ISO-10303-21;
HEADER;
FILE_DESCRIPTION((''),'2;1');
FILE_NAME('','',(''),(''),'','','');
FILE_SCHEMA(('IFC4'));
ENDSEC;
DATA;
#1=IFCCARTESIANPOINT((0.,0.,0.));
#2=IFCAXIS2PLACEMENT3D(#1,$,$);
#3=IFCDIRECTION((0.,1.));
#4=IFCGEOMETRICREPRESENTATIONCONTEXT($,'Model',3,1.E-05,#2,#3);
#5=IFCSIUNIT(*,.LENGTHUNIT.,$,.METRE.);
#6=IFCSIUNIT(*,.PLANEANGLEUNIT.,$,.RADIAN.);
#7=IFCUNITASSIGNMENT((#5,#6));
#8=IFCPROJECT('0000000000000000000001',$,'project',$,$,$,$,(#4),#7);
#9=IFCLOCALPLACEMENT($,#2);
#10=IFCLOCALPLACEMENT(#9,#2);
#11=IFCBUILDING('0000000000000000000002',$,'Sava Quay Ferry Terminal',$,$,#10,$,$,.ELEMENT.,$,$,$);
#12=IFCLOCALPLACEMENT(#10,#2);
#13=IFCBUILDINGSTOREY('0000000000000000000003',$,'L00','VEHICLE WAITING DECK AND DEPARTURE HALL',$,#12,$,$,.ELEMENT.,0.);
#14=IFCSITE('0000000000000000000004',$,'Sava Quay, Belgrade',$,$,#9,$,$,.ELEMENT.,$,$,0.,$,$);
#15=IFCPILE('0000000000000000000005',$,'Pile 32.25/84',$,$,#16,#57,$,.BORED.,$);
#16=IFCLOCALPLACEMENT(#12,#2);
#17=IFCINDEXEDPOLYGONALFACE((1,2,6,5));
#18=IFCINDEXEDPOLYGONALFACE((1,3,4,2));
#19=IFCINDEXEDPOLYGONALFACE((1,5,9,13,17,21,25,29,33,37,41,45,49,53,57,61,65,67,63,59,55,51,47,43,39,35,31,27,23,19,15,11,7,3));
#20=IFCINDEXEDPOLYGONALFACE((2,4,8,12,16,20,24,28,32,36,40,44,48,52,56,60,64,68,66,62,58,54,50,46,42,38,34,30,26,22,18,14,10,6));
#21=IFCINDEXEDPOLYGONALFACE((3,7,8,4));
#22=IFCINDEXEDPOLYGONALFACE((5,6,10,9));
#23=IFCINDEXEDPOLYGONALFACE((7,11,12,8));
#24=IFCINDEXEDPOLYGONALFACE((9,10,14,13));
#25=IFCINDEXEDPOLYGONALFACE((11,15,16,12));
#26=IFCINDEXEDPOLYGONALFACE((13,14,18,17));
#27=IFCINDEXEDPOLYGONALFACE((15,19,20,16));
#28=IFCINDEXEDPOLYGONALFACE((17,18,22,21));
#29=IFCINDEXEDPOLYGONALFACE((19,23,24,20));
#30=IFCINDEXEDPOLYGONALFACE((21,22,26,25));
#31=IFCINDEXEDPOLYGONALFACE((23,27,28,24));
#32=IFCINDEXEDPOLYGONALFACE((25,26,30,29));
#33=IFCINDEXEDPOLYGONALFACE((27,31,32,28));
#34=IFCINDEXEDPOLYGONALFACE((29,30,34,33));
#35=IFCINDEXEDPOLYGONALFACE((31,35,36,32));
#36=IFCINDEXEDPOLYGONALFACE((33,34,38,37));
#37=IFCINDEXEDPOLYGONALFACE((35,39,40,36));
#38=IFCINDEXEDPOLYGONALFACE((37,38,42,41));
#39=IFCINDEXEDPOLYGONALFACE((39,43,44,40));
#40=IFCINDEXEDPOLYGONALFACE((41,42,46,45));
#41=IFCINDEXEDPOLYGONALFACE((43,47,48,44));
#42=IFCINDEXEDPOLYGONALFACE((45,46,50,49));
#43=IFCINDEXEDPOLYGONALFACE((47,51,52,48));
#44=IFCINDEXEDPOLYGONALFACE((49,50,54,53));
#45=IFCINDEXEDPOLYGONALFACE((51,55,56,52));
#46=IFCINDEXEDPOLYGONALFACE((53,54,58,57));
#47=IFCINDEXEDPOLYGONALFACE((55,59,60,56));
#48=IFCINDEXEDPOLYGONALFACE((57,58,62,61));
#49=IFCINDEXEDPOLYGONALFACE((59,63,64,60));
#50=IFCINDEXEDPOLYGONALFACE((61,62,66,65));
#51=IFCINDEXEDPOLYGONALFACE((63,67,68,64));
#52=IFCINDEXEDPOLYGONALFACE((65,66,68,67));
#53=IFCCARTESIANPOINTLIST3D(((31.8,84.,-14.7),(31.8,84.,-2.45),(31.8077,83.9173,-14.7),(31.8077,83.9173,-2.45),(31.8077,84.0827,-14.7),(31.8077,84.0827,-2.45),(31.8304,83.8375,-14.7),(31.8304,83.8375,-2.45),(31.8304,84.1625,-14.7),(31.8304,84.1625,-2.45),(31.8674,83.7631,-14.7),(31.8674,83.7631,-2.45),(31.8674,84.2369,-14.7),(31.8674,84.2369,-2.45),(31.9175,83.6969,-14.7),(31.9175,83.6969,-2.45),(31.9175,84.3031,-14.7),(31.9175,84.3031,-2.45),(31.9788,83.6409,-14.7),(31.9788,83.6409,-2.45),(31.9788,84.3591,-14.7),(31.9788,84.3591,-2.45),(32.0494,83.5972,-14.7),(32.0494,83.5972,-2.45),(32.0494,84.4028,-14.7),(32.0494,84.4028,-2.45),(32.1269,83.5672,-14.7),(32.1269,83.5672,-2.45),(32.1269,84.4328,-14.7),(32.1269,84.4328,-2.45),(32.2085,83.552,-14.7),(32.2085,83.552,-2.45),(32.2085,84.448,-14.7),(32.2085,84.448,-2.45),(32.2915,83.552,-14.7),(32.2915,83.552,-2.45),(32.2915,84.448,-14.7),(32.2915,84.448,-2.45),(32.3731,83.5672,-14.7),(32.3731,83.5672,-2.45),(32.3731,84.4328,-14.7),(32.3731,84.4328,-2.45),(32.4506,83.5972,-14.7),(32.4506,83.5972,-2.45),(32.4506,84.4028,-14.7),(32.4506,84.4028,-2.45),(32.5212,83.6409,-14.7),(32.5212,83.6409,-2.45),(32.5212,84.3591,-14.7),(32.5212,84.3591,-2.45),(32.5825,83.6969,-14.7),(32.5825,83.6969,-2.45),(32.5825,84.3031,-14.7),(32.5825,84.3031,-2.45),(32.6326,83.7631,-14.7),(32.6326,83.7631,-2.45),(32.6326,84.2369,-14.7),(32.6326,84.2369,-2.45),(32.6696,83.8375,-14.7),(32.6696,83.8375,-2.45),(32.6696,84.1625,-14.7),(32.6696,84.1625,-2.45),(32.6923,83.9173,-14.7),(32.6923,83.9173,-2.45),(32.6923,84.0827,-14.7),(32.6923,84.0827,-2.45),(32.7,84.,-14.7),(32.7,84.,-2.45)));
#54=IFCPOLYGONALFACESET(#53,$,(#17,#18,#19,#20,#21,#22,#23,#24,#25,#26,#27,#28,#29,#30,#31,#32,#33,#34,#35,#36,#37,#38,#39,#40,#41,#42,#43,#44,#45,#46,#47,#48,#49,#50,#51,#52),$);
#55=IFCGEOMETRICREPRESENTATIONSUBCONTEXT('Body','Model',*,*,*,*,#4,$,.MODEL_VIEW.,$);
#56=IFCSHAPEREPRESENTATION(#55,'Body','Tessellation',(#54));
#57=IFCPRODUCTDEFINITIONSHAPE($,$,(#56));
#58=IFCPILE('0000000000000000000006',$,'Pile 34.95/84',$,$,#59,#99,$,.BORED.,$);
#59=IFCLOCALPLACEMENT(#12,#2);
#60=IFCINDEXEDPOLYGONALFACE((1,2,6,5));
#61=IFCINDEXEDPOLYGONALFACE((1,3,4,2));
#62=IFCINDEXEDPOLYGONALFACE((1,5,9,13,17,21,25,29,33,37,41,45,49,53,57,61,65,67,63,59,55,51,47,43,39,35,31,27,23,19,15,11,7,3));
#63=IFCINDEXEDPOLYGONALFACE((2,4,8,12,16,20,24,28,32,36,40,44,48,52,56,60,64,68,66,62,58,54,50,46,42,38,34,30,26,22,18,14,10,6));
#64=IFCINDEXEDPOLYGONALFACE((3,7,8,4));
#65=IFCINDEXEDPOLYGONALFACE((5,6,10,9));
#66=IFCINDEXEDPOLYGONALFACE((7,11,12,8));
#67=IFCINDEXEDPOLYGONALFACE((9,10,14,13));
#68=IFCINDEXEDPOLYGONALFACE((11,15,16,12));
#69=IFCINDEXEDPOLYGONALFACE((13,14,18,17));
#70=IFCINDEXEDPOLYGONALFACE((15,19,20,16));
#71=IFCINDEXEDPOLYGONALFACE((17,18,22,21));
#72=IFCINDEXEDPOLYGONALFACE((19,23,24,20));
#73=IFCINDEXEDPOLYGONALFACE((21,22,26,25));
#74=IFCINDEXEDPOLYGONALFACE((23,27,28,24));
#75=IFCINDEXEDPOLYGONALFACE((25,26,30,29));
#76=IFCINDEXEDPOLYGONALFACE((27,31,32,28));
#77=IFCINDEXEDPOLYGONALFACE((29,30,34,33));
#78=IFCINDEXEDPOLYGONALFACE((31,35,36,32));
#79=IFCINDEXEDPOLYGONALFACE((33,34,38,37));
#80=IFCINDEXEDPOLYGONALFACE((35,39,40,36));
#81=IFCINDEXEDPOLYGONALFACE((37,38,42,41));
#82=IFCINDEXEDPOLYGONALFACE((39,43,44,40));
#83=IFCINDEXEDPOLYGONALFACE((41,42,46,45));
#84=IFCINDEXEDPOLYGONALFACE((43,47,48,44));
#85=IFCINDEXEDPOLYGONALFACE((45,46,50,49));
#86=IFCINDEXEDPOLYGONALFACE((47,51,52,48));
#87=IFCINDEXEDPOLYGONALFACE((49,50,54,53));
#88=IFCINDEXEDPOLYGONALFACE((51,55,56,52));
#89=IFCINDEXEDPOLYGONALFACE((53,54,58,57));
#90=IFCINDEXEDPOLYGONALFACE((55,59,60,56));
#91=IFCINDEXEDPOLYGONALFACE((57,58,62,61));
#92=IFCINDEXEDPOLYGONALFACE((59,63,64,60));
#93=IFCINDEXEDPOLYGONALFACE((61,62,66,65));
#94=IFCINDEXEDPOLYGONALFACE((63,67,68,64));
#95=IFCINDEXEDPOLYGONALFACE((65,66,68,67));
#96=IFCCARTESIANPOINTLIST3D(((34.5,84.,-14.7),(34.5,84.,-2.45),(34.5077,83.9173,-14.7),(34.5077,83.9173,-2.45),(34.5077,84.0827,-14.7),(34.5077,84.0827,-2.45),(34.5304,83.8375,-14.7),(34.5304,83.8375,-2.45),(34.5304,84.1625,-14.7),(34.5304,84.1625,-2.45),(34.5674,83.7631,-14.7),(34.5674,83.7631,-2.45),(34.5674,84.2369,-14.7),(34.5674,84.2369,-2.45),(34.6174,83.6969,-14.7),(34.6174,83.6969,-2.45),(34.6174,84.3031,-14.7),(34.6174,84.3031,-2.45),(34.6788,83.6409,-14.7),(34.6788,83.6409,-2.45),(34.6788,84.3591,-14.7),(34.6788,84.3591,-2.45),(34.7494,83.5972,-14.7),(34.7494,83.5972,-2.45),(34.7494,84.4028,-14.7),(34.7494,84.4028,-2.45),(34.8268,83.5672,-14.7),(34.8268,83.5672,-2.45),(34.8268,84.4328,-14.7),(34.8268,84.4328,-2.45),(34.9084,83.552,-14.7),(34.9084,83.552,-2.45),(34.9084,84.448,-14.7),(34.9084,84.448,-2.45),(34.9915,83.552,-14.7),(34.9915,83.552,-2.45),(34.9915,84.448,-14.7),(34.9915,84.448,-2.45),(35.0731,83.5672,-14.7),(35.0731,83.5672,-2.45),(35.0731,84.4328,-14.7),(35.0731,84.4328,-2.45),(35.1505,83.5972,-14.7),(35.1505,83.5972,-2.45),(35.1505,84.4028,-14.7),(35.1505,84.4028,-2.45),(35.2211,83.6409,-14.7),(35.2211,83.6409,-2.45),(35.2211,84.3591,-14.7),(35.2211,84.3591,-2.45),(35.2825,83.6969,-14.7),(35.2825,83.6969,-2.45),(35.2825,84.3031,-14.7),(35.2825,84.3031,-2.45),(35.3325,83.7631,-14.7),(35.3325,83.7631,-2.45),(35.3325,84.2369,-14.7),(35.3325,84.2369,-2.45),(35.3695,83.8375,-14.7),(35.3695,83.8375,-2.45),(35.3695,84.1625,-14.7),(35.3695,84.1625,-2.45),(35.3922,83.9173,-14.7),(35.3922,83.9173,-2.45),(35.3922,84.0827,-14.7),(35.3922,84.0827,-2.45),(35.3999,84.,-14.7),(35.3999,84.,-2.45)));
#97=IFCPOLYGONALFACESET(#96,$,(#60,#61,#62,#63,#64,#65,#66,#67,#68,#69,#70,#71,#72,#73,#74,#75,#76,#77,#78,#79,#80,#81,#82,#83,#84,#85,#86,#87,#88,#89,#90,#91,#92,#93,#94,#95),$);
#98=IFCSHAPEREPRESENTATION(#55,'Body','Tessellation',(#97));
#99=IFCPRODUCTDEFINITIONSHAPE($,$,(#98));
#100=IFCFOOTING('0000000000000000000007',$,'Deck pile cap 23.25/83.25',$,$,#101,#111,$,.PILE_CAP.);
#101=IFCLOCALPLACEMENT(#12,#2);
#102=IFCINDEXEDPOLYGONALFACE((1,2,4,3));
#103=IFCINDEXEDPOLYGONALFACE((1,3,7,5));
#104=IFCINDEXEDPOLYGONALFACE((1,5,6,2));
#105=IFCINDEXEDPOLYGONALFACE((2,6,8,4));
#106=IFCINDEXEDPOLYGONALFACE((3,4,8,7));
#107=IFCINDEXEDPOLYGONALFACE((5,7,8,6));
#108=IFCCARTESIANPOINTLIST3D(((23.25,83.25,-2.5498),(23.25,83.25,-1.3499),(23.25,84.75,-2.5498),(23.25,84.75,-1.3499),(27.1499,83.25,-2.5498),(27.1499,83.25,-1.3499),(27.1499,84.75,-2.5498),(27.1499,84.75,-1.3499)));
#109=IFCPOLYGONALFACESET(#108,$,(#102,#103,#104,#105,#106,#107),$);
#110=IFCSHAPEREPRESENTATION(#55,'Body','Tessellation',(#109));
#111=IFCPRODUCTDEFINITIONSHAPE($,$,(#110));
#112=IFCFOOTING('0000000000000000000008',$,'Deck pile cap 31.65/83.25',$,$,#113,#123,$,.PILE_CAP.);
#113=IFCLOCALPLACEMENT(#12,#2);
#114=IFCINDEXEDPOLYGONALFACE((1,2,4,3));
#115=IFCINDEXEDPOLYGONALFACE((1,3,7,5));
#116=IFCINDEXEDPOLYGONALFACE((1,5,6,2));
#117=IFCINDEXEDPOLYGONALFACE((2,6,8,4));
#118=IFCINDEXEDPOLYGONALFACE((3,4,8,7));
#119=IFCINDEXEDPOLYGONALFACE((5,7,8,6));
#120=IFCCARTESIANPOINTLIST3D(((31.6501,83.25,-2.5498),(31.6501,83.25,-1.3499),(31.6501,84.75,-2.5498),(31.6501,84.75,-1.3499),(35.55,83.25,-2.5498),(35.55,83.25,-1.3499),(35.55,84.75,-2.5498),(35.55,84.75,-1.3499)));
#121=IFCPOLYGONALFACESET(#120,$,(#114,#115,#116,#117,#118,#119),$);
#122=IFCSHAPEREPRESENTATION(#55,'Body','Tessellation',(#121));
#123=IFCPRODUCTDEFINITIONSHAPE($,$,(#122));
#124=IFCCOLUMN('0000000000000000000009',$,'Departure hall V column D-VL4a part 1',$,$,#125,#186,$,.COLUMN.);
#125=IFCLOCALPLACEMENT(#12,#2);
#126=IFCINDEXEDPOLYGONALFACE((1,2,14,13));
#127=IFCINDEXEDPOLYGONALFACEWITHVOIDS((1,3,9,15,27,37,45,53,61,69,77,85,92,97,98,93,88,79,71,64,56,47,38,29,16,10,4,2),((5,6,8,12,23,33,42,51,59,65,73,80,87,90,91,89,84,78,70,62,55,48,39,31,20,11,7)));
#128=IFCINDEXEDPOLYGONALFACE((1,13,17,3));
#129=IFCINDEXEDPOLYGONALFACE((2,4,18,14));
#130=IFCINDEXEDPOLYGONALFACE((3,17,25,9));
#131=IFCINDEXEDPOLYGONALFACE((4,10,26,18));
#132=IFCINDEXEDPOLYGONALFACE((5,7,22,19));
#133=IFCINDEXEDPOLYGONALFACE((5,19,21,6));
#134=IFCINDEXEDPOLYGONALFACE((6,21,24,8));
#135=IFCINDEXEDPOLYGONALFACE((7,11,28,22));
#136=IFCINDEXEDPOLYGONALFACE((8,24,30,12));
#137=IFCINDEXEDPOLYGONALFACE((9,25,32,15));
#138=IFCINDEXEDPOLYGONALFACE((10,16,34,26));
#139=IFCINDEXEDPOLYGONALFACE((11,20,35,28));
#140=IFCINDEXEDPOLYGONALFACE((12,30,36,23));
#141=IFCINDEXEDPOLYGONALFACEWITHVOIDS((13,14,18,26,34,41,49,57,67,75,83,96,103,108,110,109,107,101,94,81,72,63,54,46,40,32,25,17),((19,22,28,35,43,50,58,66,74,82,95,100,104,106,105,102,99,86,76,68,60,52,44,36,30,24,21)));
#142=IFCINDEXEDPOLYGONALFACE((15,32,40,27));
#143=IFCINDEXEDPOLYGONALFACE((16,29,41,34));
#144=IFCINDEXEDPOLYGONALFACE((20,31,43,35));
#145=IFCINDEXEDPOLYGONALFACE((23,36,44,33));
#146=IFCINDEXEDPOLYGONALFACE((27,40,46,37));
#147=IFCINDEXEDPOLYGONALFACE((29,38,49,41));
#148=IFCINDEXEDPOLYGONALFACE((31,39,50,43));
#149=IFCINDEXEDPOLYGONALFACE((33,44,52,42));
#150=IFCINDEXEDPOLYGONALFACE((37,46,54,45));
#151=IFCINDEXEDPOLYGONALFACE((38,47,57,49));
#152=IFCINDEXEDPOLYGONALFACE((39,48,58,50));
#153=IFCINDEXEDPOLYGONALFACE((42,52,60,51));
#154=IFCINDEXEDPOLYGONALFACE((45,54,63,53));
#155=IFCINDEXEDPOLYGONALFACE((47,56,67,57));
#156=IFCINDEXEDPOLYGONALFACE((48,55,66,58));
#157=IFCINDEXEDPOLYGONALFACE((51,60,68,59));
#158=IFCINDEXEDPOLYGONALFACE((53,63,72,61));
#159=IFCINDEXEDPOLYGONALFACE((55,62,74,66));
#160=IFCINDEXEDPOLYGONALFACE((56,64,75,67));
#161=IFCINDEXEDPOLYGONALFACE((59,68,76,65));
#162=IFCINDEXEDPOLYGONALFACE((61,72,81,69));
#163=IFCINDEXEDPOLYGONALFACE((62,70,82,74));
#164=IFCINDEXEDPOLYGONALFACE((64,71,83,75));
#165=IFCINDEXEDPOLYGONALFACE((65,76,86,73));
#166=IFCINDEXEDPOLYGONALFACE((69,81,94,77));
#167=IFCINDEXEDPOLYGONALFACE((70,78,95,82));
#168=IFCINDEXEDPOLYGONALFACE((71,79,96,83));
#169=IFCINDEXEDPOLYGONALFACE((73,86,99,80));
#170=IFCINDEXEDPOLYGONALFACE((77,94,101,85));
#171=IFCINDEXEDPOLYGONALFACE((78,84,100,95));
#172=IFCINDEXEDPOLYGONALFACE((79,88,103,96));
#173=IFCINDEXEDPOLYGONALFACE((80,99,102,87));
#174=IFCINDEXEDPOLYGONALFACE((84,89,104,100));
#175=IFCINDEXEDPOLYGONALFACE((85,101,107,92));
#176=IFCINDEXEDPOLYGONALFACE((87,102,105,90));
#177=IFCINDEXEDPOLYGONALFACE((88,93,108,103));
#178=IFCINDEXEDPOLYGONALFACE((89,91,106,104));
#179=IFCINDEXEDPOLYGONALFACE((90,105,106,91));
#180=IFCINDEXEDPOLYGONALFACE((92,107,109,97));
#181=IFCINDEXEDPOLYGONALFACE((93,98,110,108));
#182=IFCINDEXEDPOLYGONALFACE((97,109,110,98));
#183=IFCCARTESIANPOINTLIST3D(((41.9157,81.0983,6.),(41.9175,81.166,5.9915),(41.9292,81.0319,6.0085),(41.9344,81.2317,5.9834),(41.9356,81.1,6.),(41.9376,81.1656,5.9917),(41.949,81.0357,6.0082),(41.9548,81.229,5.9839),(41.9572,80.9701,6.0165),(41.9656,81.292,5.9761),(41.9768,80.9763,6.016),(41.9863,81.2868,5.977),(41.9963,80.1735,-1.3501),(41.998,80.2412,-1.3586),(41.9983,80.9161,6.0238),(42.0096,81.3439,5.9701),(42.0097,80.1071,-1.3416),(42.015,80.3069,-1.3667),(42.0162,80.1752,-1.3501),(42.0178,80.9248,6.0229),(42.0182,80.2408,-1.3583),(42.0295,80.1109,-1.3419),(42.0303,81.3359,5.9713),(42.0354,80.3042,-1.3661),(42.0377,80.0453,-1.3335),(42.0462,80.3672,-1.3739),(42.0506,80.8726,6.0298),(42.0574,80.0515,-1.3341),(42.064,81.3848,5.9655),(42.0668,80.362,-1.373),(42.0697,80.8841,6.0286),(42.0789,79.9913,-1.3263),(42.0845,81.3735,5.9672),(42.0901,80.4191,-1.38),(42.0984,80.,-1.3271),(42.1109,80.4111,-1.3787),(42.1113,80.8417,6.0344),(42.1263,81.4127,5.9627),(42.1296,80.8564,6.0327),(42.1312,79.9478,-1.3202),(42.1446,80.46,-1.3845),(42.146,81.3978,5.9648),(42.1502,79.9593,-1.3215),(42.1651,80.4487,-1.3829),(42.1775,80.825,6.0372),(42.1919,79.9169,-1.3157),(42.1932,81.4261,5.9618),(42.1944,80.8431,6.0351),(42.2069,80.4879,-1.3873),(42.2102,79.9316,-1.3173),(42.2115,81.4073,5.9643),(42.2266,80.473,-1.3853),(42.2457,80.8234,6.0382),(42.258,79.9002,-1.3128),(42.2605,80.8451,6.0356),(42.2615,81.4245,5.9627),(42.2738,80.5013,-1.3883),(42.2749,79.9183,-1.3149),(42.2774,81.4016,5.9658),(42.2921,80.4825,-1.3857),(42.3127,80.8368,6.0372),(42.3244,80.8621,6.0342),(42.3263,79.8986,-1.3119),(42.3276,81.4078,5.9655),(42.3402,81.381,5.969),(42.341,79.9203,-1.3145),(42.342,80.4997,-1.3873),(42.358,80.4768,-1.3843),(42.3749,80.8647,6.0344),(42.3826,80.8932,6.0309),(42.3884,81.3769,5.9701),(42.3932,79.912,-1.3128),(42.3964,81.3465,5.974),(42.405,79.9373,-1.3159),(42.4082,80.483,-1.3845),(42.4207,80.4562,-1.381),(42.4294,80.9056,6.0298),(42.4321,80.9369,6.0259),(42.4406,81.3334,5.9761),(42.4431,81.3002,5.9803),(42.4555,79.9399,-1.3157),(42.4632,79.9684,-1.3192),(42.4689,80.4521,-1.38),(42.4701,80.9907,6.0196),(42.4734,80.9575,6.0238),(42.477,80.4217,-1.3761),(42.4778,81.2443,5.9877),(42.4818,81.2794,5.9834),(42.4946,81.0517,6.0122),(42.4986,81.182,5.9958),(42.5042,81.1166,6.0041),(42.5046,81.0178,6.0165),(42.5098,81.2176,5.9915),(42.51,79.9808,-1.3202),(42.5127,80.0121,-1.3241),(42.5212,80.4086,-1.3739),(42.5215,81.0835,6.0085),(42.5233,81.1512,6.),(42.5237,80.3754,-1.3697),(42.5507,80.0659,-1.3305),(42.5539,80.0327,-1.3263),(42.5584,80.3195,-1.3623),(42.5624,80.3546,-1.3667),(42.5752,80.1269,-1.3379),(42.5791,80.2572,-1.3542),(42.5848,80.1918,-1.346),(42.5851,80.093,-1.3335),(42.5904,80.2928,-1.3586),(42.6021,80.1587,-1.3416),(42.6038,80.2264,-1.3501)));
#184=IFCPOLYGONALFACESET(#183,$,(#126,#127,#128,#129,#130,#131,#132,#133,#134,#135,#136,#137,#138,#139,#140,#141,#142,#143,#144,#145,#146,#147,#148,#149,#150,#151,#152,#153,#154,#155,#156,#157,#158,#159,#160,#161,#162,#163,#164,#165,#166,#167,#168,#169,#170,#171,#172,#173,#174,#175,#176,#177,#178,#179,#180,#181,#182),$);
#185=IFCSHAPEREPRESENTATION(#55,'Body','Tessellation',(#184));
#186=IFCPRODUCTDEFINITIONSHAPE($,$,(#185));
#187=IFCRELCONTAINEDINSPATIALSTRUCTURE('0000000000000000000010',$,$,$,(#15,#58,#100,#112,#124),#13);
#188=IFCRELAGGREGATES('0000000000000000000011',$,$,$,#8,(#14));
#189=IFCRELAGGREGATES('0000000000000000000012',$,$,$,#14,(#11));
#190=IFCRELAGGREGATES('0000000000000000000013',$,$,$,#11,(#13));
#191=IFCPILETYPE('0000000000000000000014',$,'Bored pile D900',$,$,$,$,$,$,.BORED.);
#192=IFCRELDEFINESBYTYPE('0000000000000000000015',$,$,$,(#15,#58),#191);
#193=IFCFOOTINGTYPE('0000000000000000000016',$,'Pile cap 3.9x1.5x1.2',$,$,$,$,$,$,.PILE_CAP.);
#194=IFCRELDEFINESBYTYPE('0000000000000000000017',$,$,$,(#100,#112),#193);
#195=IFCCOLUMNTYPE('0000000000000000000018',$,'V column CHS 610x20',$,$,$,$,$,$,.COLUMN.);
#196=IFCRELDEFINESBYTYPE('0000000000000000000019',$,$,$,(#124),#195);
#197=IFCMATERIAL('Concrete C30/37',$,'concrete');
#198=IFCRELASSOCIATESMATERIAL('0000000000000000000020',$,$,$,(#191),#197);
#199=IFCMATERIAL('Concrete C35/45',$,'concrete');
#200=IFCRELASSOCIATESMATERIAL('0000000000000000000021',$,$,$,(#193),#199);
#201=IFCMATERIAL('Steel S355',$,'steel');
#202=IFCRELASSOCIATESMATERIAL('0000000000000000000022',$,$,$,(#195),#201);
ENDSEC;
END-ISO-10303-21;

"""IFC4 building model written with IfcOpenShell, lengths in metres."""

from ifc_helpers import new_model, si_unit, direction, frame, origin, origin_2d, place, context, subcontext, project, spatial, rectangle, circle, hollow_circle, extrude, material, material_profile, profile_set, type_object, element, save


model = new_model("IFC4")

# Units and contexts
model_context = context("Model", 3, precision=1e-05, world=origin(), true_north=direction((0.0, 1.0)))
body_context = subcontext(model_context, "Body", "Model", "MODEL_VIEW")
ifc_project = project(units=[si_unit("LENGTHUNIT", "METRE"), si_unit("PLANEANGLEUNIT", "RADIAN")], contexts=[model_context])

# Site, building, storey
site_placement = place(None, origin())
site = spatial("IfcSite", under=ifc_project, at=site_placement, Name="Sava Quay, Belgrade", CompositionType="ELEMENT", RefElevation=0.0)
building_placement = place(site_placement, origin())
building = spatial("IfcBuilding", under=site, at=building_placement, Name="Sava Quay Ferry Terminal", CompositionType="ELEMENT")
storey_placement = place(building_placement, origin())
storey = spatial("IfcBuildingStorey", under=building, at=storey_placement, Name="L00", Description="VEHICLE WAITING DECK AND DEPARTURE HALL", CompositionType="ELEMENT", Elevation=0.0)

# Piles
ifc_material_1 = material(Name="Concrete C30/37", Category="concrete")
ifc_material_profile_1 = material_profile(ifc_material_1, circle(Radius=0.45, at=origin_2d()), Name="Bored pile D900")
ifc_profile_set_1 = profile_set([ifc_material_profile_1], Name="Concrete C30/37")
pile_type = type_object("IfcPileType", Name="Bored pile D900", PredefinedType="BORED", material=ifc_profile_set_1)
for number, where, z_axis, x_axis, name in (
    (1, (32.25, 84.0, -2.45), (0.0, 0.0, -1.0), (1.0, 0.0, 0.0), "Pile 32.25/84"),
    (2, (34.95, 84.0, -2.45), (0.0, 0.0, -1.0), (1.0, 0.0, 0.0), "Pile 34.95/84"),
):
    element("IfcPile", number, at=place(storey_placement, frame(where, z_axis=z_axis, x_axis=x_axis)), inside=storey, type_object=pile_type, Name=name, PredefinedType="BORED", context=body_context, shape_type="SweptSolid", body=[
        extrude(circle(Radius=0.45, at=origin_2d()), origin(), (0.0, 0.0, 1.0), 12.25),
    ])

# Footings
ifc_material_2 = material(Name="Concrete C35/45", Category="concrete")
footing_type = type_object("IfcFootingType", Name="Pile cap 3.9x1.5x1.2", PredefinedType="PILE_CAP", material=ifc_material_2)
for number, where, z_axis, x_axis, name in (
    (3, (25.2, 84.0, -2.5498), (0.0, 0.0, 1.0), (1.0, 0.0, 0.0), "Deck pile cap 23.25/83.25"),
    (4, (33.6001, 84.0, -2.5498), (0.0, 0.0, 1.0), (1.0, 0.0, 0.0), "Deck pile cap 31.65/83.25"),
):
    element("IfcFooting", number, at=place(storey_placement, frame(where, z_axis=z_axis, x_axis=x_axis)), inside=storey, type_object=footing_type, Name=name, PredefinedType="PILE_CAP", context=body_context, shape_type="SweptSolid", body=[
        extrude(rectangle(XDim=3.8999, YDim=1.5, at=origin_2d()), origin(), (0.0, 0.0, 1.0), 1.2),
    ])

# Column
ifc_material_3 = material(Name="Steel S355", Category="steel")
ifc_material_profile_2 = material_profile(ifc_material_3, hollow_circle(Radius=0.3049, WallThickness=0.02, at=origin_2d()), Name="CHS 610 x 20.0")
ifc_profile_set_2 = profile_set([ifc_material_profile_2], Name="Steel S355")
column_type = type_object("IfcColumnType", Name="V column CHS 610x20", PredefinedType="COLUMN", material=ifc_profile_set_2)
for number, where, z_axis, x_axis, name in (
    (5, (42.3, 80.2, -1.3501), (-0.010875, 0.12483, 0.992118), (-0.996227, -0.086788, 0.0), "Departure hall V column D-VL4a part 1"),
):
    element("IfcColumn", number, at=place(storey_placement, frame(where, z_axis=z_axis, x_axis=x_axis)), inside=storey, type_object=column_type, Name=name, PredefinedType="COLUMN", context=body_context, shape_type="SweptSolid", body=[
        extrude(hollow_circle(Radius=0.3049, WallThickness=0.02, at=origin_2d()), origin(), (0.0, 0.0, 1.0), 7.4084),
    ])

save(model, "model.ifc")
